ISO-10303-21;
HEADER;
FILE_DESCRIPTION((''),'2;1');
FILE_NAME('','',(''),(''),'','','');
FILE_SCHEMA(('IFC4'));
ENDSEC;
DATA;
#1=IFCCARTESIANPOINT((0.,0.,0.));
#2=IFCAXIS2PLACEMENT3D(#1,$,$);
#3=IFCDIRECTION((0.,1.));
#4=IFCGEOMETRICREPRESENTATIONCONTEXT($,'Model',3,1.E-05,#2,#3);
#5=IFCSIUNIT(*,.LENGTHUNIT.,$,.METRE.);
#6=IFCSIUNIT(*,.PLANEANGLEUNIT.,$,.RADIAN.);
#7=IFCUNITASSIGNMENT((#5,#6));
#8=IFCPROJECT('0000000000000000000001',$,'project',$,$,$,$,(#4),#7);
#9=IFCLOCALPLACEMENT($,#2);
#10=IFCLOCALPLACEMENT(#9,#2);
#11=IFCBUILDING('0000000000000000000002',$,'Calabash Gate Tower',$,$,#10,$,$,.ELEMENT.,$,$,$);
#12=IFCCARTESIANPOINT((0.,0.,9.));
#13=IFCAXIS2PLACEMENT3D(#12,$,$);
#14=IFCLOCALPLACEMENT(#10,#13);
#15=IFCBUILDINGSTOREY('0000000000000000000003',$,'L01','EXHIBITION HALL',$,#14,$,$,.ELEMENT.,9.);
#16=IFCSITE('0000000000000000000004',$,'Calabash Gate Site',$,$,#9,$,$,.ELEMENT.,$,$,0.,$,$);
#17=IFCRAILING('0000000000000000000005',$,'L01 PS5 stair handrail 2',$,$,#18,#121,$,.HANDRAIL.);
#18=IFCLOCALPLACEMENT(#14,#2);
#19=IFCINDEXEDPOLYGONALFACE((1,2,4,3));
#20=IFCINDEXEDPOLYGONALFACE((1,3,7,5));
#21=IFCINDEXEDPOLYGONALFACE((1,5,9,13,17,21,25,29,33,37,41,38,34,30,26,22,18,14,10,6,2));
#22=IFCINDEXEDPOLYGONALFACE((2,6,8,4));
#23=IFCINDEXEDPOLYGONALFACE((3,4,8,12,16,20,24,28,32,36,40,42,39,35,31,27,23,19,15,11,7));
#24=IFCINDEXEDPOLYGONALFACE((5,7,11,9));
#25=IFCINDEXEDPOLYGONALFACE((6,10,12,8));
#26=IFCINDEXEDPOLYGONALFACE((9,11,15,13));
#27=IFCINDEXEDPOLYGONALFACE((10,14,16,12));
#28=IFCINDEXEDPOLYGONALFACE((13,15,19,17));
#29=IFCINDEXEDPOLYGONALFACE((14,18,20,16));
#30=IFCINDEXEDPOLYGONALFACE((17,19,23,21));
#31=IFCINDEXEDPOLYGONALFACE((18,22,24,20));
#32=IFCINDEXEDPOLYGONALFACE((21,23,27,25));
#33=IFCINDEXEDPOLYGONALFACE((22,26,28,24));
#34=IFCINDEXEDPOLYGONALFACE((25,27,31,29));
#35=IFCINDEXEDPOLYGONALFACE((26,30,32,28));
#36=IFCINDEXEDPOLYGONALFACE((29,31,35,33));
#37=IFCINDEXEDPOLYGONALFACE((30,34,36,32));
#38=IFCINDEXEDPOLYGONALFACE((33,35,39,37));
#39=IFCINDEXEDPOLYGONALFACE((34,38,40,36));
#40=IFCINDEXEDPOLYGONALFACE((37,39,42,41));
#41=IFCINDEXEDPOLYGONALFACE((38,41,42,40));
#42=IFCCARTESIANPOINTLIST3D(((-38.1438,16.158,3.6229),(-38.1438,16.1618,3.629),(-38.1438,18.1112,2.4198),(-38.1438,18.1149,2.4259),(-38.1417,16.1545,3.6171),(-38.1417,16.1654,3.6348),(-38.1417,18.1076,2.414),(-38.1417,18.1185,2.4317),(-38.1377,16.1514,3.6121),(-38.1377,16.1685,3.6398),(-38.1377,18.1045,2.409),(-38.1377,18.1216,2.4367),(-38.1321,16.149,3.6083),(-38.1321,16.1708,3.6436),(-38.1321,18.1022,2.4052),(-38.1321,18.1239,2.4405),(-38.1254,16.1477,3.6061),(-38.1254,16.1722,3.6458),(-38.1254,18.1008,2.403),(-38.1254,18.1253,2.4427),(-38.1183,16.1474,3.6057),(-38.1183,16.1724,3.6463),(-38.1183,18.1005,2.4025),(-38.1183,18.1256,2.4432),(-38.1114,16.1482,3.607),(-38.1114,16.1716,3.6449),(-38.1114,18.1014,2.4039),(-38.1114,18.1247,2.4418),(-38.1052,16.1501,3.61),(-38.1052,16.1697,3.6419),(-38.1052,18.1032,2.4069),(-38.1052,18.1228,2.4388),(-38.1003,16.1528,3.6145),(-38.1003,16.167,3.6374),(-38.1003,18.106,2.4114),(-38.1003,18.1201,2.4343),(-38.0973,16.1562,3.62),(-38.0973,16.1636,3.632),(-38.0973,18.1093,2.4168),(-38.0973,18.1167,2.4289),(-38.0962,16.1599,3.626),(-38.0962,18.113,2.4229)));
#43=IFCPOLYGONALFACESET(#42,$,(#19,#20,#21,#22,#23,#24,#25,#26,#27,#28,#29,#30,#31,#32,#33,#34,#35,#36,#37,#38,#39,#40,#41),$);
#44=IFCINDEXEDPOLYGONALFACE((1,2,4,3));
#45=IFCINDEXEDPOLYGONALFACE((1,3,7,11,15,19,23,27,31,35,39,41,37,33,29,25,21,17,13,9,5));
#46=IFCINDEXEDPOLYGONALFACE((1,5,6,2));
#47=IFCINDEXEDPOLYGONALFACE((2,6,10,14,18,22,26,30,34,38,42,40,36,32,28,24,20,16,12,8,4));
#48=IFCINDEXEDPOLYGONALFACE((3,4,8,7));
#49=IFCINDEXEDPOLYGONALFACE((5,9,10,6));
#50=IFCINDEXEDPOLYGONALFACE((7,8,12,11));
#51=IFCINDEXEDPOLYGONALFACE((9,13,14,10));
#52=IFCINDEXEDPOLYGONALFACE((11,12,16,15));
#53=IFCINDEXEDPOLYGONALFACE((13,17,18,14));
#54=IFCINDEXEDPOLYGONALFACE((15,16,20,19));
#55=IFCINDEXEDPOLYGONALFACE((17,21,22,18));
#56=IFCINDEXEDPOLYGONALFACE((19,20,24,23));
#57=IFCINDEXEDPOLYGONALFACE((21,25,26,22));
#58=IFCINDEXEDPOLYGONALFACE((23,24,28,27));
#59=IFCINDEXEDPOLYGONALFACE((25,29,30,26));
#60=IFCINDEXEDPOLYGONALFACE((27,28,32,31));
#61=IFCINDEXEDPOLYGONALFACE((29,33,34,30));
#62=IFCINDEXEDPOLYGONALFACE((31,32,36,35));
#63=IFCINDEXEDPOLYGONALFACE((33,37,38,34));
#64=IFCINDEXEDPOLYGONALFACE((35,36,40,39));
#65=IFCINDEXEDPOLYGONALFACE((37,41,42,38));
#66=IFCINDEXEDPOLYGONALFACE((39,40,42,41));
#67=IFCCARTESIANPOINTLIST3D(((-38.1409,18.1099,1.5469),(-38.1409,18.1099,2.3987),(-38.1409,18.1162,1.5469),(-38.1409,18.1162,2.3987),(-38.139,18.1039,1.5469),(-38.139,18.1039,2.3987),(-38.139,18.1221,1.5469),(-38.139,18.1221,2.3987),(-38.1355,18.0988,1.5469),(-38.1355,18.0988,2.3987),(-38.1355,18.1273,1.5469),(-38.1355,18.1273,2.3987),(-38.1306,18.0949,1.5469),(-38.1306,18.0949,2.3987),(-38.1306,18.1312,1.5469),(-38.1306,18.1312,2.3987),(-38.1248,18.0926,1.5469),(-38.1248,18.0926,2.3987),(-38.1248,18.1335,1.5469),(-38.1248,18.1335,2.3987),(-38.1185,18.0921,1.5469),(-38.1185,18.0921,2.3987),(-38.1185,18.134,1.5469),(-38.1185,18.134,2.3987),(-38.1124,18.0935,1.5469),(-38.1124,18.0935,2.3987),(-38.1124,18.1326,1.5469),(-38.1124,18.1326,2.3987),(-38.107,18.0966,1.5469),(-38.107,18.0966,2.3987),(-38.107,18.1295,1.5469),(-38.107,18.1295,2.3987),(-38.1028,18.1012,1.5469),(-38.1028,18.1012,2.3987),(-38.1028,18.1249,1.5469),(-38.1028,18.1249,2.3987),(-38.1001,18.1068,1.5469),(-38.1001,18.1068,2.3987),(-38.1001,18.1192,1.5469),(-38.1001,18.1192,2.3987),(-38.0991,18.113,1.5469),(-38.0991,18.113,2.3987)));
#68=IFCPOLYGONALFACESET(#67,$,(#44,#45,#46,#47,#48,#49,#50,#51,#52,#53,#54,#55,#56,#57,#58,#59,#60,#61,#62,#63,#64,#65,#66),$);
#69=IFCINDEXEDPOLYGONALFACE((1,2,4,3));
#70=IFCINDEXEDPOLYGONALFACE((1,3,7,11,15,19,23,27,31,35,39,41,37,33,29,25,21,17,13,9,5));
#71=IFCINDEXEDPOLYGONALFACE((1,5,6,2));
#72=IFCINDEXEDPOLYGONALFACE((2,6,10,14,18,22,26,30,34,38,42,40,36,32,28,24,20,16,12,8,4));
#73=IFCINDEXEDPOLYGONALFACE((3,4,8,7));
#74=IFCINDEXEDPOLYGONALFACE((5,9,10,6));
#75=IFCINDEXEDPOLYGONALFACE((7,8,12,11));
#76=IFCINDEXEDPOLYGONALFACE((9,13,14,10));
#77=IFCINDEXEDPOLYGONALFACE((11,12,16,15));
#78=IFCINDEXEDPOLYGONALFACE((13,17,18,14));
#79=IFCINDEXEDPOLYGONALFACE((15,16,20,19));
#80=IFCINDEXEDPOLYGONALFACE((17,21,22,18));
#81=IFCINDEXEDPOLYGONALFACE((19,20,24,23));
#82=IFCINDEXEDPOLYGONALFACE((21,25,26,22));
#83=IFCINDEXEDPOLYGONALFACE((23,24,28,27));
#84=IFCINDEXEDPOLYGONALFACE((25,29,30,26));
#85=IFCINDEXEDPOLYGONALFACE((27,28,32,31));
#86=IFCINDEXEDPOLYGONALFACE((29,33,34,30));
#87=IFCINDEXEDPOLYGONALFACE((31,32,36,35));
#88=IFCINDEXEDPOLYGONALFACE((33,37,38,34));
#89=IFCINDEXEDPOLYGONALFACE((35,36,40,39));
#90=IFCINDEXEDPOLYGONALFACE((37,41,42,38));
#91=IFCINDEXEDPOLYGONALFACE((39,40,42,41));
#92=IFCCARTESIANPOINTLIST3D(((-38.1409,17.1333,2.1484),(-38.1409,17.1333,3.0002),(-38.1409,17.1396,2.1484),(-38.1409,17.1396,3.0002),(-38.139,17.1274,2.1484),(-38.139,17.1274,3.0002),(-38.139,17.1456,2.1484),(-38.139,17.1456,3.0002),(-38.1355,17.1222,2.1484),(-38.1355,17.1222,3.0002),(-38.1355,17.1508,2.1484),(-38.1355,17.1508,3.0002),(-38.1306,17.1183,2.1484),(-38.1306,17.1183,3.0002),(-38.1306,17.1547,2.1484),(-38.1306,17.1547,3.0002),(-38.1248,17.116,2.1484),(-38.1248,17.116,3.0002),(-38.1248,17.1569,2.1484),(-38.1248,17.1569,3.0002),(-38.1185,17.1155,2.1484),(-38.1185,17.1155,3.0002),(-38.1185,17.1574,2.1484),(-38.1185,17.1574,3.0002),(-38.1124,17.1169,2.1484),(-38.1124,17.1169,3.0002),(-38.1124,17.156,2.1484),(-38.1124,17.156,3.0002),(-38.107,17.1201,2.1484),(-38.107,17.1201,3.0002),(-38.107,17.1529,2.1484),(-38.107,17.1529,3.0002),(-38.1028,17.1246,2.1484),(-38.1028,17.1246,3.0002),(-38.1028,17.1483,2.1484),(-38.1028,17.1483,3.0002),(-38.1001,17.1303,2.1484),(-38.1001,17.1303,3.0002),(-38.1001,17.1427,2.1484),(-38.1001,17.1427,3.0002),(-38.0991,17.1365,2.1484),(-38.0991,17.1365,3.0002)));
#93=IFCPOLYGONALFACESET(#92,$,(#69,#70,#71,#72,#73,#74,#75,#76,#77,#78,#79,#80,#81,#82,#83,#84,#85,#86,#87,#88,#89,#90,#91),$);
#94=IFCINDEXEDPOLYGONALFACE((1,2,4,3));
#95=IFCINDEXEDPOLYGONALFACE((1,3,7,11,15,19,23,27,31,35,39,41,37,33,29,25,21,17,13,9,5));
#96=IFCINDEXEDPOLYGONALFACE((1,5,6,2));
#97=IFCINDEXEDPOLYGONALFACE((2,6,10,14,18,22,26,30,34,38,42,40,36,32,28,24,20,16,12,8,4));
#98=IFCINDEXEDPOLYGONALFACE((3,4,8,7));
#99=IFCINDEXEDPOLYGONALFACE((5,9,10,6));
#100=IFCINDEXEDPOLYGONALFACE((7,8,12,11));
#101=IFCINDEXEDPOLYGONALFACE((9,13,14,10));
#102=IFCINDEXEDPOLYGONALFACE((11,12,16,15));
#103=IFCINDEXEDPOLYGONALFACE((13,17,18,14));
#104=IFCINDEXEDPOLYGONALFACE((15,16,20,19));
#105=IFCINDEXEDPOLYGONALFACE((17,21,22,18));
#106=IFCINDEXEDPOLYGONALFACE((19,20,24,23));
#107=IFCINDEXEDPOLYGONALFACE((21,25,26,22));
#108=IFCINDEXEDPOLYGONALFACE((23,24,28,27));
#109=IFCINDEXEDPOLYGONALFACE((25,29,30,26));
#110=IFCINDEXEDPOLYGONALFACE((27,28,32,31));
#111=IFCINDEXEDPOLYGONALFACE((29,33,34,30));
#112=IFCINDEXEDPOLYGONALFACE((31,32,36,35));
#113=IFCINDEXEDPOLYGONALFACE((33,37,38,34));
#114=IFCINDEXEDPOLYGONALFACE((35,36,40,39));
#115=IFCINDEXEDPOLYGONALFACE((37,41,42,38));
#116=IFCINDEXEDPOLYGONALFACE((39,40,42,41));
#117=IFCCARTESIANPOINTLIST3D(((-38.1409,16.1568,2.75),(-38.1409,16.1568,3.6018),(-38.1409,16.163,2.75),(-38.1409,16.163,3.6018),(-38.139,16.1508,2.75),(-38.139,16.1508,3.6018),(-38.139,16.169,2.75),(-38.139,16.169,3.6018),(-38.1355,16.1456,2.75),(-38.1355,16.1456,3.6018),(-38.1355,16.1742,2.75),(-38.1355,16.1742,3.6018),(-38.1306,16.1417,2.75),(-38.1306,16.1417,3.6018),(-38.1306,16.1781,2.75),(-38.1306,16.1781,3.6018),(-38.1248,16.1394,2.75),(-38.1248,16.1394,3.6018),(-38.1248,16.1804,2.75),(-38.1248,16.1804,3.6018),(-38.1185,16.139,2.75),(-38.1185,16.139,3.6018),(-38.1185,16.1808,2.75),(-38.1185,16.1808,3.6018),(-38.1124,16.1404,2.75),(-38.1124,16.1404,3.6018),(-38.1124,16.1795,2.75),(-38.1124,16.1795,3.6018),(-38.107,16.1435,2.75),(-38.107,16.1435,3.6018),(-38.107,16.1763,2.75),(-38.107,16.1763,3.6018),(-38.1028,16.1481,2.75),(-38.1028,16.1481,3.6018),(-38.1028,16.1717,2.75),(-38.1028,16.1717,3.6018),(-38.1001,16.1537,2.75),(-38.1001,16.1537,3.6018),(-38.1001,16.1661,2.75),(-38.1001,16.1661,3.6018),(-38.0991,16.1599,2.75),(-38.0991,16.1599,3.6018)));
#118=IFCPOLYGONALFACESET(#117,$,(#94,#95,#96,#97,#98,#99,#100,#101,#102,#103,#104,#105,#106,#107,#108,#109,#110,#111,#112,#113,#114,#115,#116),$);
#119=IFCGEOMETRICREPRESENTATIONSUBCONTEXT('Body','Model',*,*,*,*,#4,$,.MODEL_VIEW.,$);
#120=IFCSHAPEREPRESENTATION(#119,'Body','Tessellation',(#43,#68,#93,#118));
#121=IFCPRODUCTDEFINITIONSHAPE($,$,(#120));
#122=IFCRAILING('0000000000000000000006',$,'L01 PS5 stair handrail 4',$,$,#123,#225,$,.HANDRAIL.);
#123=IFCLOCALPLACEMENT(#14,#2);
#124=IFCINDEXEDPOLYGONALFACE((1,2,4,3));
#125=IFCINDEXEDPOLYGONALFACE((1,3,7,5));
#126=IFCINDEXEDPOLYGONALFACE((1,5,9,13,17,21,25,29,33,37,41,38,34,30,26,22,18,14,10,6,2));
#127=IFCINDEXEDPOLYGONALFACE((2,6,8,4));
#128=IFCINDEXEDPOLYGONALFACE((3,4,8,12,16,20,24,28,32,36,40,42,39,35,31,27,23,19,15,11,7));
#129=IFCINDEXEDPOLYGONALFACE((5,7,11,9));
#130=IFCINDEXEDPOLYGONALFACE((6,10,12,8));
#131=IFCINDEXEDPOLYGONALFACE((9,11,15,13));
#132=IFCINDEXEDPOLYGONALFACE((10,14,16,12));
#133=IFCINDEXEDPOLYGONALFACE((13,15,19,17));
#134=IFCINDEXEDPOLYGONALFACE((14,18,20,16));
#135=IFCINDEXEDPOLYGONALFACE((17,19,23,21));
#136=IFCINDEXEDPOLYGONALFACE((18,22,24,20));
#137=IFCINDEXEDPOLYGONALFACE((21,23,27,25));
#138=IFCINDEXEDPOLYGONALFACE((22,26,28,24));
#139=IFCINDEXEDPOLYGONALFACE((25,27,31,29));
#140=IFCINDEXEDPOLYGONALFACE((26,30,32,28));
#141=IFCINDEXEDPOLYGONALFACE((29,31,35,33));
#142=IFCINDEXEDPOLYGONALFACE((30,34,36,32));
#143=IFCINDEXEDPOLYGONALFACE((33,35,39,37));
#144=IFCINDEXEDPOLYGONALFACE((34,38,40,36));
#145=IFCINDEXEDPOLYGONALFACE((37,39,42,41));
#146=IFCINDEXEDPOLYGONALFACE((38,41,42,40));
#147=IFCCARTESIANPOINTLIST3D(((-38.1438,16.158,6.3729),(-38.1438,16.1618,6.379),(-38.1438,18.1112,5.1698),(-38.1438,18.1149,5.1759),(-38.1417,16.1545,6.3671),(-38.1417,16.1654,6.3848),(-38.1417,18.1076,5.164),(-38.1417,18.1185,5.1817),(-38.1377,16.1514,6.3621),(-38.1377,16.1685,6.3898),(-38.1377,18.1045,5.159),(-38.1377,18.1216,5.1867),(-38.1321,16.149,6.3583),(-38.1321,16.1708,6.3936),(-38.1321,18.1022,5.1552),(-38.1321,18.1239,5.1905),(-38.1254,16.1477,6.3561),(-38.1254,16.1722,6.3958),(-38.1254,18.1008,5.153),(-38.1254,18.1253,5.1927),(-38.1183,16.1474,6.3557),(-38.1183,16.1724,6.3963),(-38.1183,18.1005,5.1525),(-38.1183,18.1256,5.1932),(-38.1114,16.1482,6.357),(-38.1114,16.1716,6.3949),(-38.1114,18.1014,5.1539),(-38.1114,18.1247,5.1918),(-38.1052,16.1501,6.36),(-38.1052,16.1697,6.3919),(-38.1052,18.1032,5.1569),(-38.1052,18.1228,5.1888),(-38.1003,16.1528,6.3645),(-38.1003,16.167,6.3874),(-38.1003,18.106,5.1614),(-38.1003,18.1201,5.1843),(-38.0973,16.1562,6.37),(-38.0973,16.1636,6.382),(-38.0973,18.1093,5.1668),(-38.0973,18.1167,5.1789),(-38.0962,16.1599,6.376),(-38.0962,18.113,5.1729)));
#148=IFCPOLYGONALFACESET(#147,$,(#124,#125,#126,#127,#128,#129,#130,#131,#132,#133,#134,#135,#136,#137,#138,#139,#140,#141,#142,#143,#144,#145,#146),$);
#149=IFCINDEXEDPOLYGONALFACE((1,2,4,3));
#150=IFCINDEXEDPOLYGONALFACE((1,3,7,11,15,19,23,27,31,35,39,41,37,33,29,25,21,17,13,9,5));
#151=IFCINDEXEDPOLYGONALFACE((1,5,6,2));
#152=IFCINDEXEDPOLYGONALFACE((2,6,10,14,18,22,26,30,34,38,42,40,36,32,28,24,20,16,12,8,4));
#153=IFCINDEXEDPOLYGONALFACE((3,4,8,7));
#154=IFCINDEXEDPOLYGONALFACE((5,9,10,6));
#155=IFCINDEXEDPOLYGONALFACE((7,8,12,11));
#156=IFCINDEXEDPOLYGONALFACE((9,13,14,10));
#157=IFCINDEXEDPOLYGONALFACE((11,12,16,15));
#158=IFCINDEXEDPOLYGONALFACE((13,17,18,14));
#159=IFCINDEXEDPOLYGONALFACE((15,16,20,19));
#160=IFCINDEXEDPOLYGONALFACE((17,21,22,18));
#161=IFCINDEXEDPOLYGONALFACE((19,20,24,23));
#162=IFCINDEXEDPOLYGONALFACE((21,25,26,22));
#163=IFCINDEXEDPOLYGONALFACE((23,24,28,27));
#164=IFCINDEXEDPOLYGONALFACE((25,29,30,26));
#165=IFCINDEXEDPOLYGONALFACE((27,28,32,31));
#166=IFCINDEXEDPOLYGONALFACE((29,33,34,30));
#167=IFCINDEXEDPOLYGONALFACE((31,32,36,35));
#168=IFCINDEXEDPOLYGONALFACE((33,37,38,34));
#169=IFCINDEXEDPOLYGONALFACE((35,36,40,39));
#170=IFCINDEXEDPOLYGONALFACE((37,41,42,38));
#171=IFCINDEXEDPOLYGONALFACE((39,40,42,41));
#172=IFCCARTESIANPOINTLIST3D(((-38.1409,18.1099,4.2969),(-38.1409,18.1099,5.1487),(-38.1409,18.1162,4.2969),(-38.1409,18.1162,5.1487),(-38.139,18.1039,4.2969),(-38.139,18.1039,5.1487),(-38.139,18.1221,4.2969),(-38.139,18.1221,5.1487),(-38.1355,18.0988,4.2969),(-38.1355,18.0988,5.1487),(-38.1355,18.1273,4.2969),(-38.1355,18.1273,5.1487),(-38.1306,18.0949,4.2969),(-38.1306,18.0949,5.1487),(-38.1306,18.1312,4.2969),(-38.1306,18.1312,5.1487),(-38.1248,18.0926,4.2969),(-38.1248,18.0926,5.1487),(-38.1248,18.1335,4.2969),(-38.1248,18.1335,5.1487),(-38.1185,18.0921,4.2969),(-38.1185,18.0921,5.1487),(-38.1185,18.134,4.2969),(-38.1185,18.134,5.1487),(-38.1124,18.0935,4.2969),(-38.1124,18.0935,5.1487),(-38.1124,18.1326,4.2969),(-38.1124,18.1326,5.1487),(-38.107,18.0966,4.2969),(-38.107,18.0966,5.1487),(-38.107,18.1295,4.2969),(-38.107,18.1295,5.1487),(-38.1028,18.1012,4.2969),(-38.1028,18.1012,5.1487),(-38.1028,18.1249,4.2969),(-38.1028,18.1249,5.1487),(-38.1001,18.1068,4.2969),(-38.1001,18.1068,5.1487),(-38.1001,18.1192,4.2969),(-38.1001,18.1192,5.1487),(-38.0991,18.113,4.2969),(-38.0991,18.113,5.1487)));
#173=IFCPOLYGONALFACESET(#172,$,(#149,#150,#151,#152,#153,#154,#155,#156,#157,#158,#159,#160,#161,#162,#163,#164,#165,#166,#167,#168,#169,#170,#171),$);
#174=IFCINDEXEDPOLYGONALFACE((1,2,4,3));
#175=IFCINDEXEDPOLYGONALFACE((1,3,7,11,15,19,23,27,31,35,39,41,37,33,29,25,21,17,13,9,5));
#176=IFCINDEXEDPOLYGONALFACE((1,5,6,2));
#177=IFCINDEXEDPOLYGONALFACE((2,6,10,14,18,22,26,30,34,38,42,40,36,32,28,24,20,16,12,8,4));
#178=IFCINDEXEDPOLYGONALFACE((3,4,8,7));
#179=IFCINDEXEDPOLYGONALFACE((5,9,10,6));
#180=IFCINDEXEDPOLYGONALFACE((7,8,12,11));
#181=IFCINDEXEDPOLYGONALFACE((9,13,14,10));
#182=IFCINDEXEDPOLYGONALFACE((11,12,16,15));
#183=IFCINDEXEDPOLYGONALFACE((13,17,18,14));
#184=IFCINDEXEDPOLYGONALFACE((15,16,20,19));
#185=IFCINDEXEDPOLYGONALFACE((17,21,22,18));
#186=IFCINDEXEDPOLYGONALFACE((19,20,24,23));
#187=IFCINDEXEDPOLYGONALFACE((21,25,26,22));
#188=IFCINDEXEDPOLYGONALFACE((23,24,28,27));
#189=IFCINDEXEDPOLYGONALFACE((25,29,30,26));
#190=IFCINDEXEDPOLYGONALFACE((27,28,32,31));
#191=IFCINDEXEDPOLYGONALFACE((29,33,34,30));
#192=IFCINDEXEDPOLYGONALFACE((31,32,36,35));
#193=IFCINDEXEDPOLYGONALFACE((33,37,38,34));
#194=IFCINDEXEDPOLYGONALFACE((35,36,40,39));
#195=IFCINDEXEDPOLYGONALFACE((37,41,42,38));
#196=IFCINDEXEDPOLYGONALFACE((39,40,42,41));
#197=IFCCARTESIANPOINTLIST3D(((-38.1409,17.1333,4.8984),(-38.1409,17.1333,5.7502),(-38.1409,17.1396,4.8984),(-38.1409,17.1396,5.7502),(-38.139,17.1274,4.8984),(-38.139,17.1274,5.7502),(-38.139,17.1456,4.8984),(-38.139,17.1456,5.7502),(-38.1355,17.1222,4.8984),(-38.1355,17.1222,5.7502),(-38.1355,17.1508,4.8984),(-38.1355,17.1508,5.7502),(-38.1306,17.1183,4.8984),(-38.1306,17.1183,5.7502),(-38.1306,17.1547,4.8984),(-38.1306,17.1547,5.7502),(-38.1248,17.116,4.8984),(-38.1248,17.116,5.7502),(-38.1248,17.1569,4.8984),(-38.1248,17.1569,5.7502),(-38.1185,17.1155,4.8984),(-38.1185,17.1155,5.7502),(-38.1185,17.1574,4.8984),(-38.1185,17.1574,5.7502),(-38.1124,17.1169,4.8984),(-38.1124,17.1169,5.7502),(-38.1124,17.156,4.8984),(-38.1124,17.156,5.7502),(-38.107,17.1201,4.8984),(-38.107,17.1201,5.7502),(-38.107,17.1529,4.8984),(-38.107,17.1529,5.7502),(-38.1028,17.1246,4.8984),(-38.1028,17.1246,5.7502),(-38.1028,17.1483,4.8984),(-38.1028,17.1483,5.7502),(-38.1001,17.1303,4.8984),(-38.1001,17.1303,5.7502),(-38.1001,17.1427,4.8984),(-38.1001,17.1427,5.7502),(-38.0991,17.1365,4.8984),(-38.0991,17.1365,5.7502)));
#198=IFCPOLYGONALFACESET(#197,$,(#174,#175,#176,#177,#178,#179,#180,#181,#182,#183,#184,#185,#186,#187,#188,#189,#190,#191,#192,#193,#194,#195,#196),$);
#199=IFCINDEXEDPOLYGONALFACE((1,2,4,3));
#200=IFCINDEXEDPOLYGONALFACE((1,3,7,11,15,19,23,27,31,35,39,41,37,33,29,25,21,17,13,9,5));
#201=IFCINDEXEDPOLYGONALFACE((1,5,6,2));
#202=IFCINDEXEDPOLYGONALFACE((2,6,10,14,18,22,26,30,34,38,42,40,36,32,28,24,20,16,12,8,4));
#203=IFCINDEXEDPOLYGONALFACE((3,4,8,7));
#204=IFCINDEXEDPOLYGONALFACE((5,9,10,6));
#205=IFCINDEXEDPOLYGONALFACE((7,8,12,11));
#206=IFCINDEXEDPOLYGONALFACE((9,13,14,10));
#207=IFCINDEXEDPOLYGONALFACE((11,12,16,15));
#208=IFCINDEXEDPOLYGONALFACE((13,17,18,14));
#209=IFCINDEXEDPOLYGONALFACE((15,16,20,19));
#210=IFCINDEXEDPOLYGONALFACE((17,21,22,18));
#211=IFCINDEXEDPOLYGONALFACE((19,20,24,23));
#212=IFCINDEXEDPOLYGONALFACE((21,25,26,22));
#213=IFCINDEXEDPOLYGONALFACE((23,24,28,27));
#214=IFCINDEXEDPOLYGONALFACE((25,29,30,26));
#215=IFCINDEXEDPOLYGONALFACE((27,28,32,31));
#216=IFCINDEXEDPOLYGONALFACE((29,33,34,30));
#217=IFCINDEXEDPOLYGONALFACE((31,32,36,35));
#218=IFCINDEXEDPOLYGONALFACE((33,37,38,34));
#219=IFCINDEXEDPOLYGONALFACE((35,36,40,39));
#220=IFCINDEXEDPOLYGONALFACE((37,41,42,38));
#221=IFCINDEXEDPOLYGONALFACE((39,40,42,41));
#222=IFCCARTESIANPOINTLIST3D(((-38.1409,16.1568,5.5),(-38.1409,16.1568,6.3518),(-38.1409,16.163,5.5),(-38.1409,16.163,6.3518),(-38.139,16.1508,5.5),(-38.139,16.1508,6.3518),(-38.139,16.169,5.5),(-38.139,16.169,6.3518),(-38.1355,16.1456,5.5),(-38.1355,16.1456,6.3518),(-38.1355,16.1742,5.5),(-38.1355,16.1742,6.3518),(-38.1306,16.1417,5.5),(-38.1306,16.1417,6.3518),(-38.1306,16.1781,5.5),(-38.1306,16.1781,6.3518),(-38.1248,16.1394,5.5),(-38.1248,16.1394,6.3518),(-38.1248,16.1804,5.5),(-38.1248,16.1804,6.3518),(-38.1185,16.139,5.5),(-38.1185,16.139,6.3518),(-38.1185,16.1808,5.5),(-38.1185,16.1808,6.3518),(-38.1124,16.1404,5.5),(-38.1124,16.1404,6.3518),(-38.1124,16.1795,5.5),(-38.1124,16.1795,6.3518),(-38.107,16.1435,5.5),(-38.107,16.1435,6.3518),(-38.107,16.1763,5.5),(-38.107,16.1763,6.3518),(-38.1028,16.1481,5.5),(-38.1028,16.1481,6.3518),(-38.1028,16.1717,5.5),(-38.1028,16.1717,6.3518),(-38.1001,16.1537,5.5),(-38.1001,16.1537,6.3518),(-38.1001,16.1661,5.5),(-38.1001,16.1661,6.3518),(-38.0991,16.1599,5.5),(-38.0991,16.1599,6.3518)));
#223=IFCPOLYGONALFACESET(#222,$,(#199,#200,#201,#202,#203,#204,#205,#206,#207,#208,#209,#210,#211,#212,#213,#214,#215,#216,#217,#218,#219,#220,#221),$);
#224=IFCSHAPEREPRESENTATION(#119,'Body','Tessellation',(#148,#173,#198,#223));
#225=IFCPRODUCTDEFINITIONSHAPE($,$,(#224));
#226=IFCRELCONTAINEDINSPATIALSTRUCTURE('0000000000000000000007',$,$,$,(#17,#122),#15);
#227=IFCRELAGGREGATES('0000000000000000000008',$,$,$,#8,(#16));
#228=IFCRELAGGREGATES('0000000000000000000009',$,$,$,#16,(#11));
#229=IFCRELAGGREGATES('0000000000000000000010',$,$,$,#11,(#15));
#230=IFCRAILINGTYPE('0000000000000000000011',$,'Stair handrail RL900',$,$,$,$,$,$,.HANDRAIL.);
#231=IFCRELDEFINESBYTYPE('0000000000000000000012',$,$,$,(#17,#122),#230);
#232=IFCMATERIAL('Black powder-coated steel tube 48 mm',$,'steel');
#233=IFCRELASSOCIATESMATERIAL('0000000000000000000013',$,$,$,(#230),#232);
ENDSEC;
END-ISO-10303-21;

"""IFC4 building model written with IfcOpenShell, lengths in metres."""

from ifc_helpers import new_model, si_unit, direction, frame, origin, origin_2d, place, context, subcontext, project, spatial, circle, extrude, material, type_object, element, save


model = new_model("IFC4")

# Units and contexts
model_context = context("Model", 3, precision=1e-05, world=origin(), true_north=direction((0.0, 1.0)))
body_context = subcontext(model_context, "Body", "Model", "MODEL_VIEW")
ifc_project = project(units=[si_unit("LENGTHUNIT", "METRE"), si_unit("PLANEANGLEUNIT", "RADIAN")], contexts=[model_context])

# Site, building, storey
site_placement = place(None, origin())
site = spatial("IfcSite", under=ifc_project, at=site_placement, Name="Calabash Gate Site", CompositionType="ELEMENT", RefElevation=0.0)
building_placement = place(site_placement, origin())
building = spatial("IfcBuilding", under=site, at=building_placement, Name="Calabash Gate Tower", CompositionType="ELEMENT")
storey_placement = place(building_placement, frame((0.0, 0.0, 9.0)))
storey = spatial("IfcBuildingStorey", under=building, at=storey_placement, Name="L01", Description="EXHIBITION HALL", CompositionType="ELEMENT", Elevation=9.0)

# Railings
ifc_material_1 = material(Name="Black powder-coated steel tube 48 mm", Category="steel")
railing_type_1 = type_object("IfcRailingType", Name="Stair handrail RL900", PredefinedType="HANDRAIL", material=ifc_material_1)
for number, where, name in (
    (1, (-38.1201, 18.113, 1.5469), "L01 PS5 stair handrail 2"),
    (2, (-38.1201, 18.113, 4.2969), "L01 PS5 stair handrail 4"),
):
    element("IfcRailing", number, at=place(storey_placement, frame(where)), inside=storey, type_object=railing_type_1, Name=name, PredefinedType="HANDRAIL", context=body_context, shape_type="SweptSolid", body=[
        extrude(circle(Radius=0.0239, at=origin_2d()), frame((0.0, 0.0, 0.876), z_axis=(0.0, -0.851424, 0.524477), x_axis=(1.0, 0.0, 0.0)), (0.0, 0.0, 1.0), 2.2939),
        extrude(circle(Radius=0.021, at=origin_2d()), origin(), (0.0, 0.0, 1.0), 0.8518),
        extrude(circle(Radius=0.021, at=origin_2d()), frame((0.0, -0.9766, 0.6016)), (0.0, 0.0, 1.0), 0.8518),
        extrude(circle(Radius=0.021, at=origin_2d()), frame((0.0, -1.9531, 1.2031)), (0.0, 0.0, 1.0), 0.8518),
    ])

save(model, "model.ifc")
